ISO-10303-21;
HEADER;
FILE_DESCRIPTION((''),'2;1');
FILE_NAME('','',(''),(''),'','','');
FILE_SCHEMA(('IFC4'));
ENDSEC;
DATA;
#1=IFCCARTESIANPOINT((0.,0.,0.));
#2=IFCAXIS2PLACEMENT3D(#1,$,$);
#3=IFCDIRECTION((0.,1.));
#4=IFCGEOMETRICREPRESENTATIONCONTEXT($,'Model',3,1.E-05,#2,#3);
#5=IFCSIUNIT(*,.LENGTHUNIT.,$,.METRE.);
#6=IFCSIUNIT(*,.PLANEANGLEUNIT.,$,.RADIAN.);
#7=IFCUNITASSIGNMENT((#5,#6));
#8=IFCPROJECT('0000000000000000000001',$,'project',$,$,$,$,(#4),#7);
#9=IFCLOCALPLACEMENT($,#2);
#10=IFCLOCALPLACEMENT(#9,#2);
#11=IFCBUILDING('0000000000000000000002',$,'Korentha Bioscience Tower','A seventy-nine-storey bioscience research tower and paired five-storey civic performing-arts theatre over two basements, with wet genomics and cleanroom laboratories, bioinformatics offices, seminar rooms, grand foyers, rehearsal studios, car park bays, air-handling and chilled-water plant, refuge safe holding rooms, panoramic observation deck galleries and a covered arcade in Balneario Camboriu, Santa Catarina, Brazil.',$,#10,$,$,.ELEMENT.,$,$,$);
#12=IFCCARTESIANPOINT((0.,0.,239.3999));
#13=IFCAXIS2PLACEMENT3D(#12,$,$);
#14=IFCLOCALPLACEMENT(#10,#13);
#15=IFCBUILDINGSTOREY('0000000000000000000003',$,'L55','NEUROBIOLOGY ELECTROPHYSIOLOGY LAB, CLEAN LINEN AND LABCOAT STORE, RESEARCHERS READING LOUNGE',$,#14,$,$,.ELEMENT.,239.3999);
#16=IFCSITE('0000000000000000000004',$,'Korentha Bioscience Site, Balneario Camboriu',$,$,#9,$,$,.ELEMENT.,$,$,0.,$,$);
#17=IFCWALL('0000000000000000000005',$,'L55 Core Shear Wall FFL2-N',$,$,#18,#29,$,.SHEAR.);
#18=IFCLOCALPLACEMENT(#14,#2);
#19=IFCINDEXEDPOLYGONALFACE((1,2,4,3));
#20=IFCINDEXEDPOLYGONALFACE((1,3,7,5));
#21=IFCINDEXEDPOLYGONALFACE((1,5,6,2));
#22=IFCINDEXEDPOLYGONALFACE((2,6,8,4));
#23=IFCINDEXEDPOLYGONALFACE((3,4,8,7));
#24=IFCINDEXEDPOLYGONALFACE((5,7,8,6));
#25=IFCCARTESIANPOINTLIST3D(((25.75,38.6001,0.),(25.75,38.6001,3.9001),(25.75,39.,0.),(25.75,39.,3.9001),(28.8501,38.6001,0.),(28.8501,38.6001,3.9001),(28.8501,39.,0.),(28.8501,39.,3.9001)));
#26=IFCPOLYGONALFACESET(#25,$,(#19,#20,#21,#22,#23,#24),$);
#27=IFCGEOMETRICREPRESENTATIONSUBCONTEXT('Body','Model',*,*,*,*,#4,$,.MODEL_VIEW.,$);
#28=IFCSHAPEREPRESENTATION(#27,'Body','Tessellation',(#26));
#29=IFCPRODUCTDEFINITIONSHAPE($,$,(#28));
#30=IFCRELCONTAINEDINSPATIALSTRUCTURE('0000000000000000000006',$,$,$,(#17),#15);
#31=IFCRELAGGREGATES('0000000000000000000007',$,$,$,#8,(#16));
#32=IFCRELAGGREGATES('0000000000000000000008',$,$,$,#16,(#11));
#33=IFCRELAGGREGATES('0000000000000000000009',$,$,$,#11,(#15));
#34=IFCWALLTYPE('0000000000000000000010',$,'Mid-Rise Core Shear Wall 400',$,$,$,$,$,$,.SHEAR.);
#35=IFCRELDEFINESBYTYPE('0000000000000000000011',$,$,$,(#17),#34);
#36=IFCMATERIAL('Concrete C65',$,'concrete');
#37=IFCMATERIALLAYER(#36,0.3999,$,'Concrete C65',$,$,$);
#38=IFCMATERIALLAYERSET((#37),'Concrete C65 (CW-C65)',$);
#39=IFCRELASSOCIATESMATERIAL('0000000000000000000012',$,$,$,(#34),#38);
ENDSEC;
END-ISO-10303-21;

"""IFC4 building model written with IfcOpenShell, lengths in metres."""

from ifc_helpers import new_model, si_unit, direction, frame, frame_2d, origin, place, context, subcontext, project, spatial, rectangle, extrude, material, layer, layer_set, type_object, element, save


model = new_model("IFC4")

# Units and contexts
model_context = context("Model", 3, precision=1e-05, world=origin(), true_north=direction((0.0, 1.0)))
body_context = subcontext(model_context, "Body", "Model", "MODEL_VIEW")
ifc_project = project(units=[si_unit("LENGTHUNIT", "METRE"), si_unit("PLANEANGLEUNIT", "RADIAN")], contexts=[model_context])

# Site, building, storey
site_placement = place(None, origin())
site = spatial("IfcSite", under=ifc_project, at=site_placement, Name="Korentha Bioscience Site, Balneario Camboriu", CompositionType="ELEMENT", RefElevation=0.0)
building_placement = place(site_placement, origin())
building = spatial("IfcBuilding", under=site, at=building_placement, Name="Korentha Bioscience Tower", Description="A seventy-nine-storey bioscience research tower and paired five-storey civic performing-arts theatre over two basements, with wet genomics and cleanroom laboratories, bioinformatics offices, seminar rooms, grand foyers, rehearsal studios, car park bays, air-handling and chilled-water plant, refuge safe holding rooms, panoramic observation deck galleries and a covered arcade in Balneario Camboriu, Santa Catarina, Brazil.", CompositionType="ELEMENT")
storey_placement = place(building_placement, frame((0.0, 0.0, 239.3999)))
storey = spatial("IfcBuildingStorey", under=building, at=storey_placement, Name="L55", Description="NEUROBIOLOGY ELECTROPHYSIOLOGY LAB, CLEAN LINEN AND LABCOAT STORE, RESEARCHERS READING LOUNGE", CompositionType="ELEMENT", Elevation=239.3999)

# Shared definitions
ifc_material_1 = material(Name="Concrete C65", Category="concrete")

# Wall
ifc_layer_1 = layer(ifc_material_1, 0.3999, Name="Concrete C65")
ifc_layer_set_1 = layer_set([ifc_layer_1], Name="Concrete C65 (CW-C65)")
wall_type_1 = type_object("IfcWallType", Name="Mid-Rise Core Shear Wall 400", PredefinedType="SHEAR", material=ifc_layer_set_1)
wall_1_placement = place(storey_placement, frame((25.75, 38.8, 0.0), z_axis=(0.0, 0.0, 1.0), x_axis=(1.0, 0.0, 0.0)))
element("IfcWall", 1, at=wall_1_placement, inside=storey, type_object=wall_type_1, Name="L55 Core Shear Wall FFL2-N", PredefinedType="SHEAR", context=body_context, shape_type="SweptSolid", body=[
    extrude(rectangle(XDim=3.1001, YDim=0.3999, at=frame_2d((1.55, 0.0))), origin(), (0.0, 0.0, 1.0), 3.9001),
])

save(model, "model.ifc")
